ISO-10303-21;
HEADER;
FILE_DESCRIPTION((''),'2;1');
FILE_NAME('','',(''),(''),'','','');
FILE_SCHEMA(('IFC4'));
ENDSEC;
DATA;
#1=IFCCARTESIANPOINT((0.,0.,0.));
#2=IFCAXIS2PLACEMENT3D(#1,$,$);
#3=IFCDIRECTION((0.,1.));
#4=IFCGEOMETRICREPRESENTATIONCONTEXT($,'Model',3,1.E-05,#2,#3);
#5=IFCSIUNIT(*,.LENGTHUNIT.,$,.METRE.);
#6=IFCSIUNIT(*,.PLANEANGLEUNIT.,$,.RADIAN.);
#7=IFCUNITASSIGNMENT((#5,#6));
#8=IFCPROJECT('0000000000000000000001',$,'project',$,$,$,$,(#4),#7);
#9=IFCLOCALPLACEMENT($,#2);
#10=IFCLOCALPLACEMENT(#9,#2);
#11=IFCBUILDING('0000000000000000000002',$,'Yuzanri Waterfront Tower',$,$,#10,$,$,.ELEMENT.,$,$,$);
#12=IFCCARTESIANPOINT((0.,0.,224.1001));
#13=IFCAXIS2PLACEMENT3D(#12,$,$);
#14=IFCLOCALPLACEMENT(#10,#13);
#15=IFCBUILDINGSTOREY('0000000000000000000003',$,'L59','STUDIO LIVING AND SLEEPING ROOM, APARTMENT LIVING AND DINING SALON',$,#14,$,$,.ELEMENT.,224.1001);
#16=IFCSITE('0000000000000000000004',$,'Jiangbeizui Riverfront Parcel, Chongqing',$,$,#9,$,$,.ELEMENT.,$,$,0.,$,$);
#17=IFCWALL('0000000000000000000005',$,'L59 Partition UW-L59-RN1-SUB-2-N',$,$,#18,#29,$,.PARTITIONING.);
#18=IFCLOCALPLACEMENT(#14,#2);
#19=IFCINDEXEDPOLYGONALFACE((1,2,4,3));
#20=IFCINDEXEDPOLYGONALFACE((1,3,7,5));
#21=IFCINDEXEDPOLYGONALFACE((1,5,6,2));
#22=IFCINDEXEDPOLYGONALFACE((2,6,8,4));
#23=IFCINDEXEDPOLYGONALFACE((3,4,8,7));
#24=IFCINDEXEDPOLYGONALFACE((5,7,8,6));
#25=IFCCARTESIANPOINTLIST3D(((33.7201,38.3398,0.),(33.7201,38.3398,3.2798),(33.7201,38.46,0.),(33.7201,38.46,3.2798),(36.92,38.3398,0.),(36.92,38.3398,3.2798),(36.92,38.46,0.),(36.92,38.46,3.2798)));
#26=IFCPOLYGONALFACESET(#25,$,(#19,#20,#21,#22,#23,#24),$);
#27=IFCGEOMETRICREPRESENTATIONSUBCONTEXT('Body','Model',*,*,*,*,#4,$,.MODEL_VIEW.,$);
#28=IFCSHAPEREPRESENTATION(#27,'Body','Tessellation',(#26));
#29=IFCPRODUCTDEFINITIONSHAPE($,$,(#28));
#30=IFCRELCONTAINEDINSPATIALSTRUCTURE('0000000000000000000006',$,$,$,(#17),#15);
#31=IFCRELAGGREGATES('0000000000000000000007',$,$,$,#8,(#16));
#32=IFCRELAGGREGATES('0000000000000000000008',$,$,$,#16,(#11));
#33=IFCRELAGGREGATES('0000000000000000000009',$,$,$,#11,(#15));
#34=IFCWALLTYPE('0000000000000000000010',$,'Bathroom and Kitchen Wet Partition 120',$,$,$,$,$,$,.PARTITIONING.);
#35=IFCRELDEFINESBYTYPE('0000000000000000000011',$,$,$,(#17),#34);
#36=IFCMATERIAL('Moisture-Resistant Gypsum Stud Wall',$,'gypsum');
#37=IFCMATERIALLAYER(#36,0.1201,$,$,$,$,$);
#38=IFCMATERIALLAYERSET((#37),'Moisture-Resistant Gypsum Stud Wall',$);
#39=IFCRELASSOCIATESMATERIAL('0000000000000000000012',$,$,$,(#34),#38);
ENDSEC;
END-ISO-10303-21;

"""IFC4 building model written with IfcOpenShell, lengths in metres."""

from ifc_helpers import new_model, si_unit, direction, frame, frame_2d, origin, place, context, subcontext, project, spatial, rectangle, extrude, source, transform, mapped, material, layer, layer_set, type_object, element, save


model = new_model("IFC4")

# Units and contexts
model_context = context("Model", 3, precision=1e-05, world=origin(), true_north=direction((0.0, 1.0)))
body_context = subcontext(model_context, "Body", "Model", "MODEL_VIEW")
ifc_project = project(units=[si_unit("LENGTHUNIT", "METRE"), si_unit("PLANEANGLEUNIT", "RADIAN")], contexts=[model_context])

# Site, building, storey
site_placement = place(None, origin())
site = spatial("IfcSite", under=ifc_project, at=site_placement, Name="Jiangbeizui Riverfront Parcel, Chongqing", CompositionType="ELEMENT", RefElevation=0.0)
building_placement = place(site_placement, origin())
building = spatial("IfcBuilding", under=site, at=building_placement, Name="Yuzanri Waterfront Tower", CompositionType="ELEMENT")
storey_placement = place(building_placement, frame((0.0, 0.0, 224.1001)))
storey = spatial("IfcBuildingStorey", under=building, at=storey_placement, Name="L59", Description="STUDIO LIVING AND SLEEPING ROOM, APARTMENT LIVING AND DINING SALON", CompositionType="ELEMENT", Elevation=224.1001)

# Shared definitions
ifc_material_1 = material(Name="Moisture-Resistant Gypsum Stud Wall", Category="gypsum")
ifc_layer_1 = layer(ifc_material_1, 0.1201)
ifc_layer_set_1 = layer_set([ifc_layer_1], Name="Moisture-Resistant Gypsum Stud Wall")
wall_type_1 = type_object("IfcWallType", Name="Bathroom and Kitchen Wet Partition 120", PredefinedType="PARTITIONING", material=ifc_layer_set_1)

# Wall
shared_shape_1 = source(origin(), body_context, "Body", "SweptSolid", [
    extrude(rectangle(XDim=3.2, YDim=0.1201, at=frame_2d((1.6001, 0.0))), origin(), (0.0, 0.0, 1.0), 3.2798),
])
wall_1_placement = place(storey_placement, frame((33.72, 38.3999, 0.0), z_axis=(0.0, 0.0, 1.0), x_axis=(1.0, 0.0, 0.0)))
element("IfcWall", 1, at=wall_1_placement, inside=storey, type_object=wall_type_1, Name="L59 Partition UW-L59-RN1-SUB-2-N", PredefinedType="PARTITIONING", context=body_context, shape_type="MappedRepresentation", body=[
    mapped(shared_shape_1, transform((0.0, 0.0, 0.0), scale=1.0)),
])

save(model, "model.ifc")
